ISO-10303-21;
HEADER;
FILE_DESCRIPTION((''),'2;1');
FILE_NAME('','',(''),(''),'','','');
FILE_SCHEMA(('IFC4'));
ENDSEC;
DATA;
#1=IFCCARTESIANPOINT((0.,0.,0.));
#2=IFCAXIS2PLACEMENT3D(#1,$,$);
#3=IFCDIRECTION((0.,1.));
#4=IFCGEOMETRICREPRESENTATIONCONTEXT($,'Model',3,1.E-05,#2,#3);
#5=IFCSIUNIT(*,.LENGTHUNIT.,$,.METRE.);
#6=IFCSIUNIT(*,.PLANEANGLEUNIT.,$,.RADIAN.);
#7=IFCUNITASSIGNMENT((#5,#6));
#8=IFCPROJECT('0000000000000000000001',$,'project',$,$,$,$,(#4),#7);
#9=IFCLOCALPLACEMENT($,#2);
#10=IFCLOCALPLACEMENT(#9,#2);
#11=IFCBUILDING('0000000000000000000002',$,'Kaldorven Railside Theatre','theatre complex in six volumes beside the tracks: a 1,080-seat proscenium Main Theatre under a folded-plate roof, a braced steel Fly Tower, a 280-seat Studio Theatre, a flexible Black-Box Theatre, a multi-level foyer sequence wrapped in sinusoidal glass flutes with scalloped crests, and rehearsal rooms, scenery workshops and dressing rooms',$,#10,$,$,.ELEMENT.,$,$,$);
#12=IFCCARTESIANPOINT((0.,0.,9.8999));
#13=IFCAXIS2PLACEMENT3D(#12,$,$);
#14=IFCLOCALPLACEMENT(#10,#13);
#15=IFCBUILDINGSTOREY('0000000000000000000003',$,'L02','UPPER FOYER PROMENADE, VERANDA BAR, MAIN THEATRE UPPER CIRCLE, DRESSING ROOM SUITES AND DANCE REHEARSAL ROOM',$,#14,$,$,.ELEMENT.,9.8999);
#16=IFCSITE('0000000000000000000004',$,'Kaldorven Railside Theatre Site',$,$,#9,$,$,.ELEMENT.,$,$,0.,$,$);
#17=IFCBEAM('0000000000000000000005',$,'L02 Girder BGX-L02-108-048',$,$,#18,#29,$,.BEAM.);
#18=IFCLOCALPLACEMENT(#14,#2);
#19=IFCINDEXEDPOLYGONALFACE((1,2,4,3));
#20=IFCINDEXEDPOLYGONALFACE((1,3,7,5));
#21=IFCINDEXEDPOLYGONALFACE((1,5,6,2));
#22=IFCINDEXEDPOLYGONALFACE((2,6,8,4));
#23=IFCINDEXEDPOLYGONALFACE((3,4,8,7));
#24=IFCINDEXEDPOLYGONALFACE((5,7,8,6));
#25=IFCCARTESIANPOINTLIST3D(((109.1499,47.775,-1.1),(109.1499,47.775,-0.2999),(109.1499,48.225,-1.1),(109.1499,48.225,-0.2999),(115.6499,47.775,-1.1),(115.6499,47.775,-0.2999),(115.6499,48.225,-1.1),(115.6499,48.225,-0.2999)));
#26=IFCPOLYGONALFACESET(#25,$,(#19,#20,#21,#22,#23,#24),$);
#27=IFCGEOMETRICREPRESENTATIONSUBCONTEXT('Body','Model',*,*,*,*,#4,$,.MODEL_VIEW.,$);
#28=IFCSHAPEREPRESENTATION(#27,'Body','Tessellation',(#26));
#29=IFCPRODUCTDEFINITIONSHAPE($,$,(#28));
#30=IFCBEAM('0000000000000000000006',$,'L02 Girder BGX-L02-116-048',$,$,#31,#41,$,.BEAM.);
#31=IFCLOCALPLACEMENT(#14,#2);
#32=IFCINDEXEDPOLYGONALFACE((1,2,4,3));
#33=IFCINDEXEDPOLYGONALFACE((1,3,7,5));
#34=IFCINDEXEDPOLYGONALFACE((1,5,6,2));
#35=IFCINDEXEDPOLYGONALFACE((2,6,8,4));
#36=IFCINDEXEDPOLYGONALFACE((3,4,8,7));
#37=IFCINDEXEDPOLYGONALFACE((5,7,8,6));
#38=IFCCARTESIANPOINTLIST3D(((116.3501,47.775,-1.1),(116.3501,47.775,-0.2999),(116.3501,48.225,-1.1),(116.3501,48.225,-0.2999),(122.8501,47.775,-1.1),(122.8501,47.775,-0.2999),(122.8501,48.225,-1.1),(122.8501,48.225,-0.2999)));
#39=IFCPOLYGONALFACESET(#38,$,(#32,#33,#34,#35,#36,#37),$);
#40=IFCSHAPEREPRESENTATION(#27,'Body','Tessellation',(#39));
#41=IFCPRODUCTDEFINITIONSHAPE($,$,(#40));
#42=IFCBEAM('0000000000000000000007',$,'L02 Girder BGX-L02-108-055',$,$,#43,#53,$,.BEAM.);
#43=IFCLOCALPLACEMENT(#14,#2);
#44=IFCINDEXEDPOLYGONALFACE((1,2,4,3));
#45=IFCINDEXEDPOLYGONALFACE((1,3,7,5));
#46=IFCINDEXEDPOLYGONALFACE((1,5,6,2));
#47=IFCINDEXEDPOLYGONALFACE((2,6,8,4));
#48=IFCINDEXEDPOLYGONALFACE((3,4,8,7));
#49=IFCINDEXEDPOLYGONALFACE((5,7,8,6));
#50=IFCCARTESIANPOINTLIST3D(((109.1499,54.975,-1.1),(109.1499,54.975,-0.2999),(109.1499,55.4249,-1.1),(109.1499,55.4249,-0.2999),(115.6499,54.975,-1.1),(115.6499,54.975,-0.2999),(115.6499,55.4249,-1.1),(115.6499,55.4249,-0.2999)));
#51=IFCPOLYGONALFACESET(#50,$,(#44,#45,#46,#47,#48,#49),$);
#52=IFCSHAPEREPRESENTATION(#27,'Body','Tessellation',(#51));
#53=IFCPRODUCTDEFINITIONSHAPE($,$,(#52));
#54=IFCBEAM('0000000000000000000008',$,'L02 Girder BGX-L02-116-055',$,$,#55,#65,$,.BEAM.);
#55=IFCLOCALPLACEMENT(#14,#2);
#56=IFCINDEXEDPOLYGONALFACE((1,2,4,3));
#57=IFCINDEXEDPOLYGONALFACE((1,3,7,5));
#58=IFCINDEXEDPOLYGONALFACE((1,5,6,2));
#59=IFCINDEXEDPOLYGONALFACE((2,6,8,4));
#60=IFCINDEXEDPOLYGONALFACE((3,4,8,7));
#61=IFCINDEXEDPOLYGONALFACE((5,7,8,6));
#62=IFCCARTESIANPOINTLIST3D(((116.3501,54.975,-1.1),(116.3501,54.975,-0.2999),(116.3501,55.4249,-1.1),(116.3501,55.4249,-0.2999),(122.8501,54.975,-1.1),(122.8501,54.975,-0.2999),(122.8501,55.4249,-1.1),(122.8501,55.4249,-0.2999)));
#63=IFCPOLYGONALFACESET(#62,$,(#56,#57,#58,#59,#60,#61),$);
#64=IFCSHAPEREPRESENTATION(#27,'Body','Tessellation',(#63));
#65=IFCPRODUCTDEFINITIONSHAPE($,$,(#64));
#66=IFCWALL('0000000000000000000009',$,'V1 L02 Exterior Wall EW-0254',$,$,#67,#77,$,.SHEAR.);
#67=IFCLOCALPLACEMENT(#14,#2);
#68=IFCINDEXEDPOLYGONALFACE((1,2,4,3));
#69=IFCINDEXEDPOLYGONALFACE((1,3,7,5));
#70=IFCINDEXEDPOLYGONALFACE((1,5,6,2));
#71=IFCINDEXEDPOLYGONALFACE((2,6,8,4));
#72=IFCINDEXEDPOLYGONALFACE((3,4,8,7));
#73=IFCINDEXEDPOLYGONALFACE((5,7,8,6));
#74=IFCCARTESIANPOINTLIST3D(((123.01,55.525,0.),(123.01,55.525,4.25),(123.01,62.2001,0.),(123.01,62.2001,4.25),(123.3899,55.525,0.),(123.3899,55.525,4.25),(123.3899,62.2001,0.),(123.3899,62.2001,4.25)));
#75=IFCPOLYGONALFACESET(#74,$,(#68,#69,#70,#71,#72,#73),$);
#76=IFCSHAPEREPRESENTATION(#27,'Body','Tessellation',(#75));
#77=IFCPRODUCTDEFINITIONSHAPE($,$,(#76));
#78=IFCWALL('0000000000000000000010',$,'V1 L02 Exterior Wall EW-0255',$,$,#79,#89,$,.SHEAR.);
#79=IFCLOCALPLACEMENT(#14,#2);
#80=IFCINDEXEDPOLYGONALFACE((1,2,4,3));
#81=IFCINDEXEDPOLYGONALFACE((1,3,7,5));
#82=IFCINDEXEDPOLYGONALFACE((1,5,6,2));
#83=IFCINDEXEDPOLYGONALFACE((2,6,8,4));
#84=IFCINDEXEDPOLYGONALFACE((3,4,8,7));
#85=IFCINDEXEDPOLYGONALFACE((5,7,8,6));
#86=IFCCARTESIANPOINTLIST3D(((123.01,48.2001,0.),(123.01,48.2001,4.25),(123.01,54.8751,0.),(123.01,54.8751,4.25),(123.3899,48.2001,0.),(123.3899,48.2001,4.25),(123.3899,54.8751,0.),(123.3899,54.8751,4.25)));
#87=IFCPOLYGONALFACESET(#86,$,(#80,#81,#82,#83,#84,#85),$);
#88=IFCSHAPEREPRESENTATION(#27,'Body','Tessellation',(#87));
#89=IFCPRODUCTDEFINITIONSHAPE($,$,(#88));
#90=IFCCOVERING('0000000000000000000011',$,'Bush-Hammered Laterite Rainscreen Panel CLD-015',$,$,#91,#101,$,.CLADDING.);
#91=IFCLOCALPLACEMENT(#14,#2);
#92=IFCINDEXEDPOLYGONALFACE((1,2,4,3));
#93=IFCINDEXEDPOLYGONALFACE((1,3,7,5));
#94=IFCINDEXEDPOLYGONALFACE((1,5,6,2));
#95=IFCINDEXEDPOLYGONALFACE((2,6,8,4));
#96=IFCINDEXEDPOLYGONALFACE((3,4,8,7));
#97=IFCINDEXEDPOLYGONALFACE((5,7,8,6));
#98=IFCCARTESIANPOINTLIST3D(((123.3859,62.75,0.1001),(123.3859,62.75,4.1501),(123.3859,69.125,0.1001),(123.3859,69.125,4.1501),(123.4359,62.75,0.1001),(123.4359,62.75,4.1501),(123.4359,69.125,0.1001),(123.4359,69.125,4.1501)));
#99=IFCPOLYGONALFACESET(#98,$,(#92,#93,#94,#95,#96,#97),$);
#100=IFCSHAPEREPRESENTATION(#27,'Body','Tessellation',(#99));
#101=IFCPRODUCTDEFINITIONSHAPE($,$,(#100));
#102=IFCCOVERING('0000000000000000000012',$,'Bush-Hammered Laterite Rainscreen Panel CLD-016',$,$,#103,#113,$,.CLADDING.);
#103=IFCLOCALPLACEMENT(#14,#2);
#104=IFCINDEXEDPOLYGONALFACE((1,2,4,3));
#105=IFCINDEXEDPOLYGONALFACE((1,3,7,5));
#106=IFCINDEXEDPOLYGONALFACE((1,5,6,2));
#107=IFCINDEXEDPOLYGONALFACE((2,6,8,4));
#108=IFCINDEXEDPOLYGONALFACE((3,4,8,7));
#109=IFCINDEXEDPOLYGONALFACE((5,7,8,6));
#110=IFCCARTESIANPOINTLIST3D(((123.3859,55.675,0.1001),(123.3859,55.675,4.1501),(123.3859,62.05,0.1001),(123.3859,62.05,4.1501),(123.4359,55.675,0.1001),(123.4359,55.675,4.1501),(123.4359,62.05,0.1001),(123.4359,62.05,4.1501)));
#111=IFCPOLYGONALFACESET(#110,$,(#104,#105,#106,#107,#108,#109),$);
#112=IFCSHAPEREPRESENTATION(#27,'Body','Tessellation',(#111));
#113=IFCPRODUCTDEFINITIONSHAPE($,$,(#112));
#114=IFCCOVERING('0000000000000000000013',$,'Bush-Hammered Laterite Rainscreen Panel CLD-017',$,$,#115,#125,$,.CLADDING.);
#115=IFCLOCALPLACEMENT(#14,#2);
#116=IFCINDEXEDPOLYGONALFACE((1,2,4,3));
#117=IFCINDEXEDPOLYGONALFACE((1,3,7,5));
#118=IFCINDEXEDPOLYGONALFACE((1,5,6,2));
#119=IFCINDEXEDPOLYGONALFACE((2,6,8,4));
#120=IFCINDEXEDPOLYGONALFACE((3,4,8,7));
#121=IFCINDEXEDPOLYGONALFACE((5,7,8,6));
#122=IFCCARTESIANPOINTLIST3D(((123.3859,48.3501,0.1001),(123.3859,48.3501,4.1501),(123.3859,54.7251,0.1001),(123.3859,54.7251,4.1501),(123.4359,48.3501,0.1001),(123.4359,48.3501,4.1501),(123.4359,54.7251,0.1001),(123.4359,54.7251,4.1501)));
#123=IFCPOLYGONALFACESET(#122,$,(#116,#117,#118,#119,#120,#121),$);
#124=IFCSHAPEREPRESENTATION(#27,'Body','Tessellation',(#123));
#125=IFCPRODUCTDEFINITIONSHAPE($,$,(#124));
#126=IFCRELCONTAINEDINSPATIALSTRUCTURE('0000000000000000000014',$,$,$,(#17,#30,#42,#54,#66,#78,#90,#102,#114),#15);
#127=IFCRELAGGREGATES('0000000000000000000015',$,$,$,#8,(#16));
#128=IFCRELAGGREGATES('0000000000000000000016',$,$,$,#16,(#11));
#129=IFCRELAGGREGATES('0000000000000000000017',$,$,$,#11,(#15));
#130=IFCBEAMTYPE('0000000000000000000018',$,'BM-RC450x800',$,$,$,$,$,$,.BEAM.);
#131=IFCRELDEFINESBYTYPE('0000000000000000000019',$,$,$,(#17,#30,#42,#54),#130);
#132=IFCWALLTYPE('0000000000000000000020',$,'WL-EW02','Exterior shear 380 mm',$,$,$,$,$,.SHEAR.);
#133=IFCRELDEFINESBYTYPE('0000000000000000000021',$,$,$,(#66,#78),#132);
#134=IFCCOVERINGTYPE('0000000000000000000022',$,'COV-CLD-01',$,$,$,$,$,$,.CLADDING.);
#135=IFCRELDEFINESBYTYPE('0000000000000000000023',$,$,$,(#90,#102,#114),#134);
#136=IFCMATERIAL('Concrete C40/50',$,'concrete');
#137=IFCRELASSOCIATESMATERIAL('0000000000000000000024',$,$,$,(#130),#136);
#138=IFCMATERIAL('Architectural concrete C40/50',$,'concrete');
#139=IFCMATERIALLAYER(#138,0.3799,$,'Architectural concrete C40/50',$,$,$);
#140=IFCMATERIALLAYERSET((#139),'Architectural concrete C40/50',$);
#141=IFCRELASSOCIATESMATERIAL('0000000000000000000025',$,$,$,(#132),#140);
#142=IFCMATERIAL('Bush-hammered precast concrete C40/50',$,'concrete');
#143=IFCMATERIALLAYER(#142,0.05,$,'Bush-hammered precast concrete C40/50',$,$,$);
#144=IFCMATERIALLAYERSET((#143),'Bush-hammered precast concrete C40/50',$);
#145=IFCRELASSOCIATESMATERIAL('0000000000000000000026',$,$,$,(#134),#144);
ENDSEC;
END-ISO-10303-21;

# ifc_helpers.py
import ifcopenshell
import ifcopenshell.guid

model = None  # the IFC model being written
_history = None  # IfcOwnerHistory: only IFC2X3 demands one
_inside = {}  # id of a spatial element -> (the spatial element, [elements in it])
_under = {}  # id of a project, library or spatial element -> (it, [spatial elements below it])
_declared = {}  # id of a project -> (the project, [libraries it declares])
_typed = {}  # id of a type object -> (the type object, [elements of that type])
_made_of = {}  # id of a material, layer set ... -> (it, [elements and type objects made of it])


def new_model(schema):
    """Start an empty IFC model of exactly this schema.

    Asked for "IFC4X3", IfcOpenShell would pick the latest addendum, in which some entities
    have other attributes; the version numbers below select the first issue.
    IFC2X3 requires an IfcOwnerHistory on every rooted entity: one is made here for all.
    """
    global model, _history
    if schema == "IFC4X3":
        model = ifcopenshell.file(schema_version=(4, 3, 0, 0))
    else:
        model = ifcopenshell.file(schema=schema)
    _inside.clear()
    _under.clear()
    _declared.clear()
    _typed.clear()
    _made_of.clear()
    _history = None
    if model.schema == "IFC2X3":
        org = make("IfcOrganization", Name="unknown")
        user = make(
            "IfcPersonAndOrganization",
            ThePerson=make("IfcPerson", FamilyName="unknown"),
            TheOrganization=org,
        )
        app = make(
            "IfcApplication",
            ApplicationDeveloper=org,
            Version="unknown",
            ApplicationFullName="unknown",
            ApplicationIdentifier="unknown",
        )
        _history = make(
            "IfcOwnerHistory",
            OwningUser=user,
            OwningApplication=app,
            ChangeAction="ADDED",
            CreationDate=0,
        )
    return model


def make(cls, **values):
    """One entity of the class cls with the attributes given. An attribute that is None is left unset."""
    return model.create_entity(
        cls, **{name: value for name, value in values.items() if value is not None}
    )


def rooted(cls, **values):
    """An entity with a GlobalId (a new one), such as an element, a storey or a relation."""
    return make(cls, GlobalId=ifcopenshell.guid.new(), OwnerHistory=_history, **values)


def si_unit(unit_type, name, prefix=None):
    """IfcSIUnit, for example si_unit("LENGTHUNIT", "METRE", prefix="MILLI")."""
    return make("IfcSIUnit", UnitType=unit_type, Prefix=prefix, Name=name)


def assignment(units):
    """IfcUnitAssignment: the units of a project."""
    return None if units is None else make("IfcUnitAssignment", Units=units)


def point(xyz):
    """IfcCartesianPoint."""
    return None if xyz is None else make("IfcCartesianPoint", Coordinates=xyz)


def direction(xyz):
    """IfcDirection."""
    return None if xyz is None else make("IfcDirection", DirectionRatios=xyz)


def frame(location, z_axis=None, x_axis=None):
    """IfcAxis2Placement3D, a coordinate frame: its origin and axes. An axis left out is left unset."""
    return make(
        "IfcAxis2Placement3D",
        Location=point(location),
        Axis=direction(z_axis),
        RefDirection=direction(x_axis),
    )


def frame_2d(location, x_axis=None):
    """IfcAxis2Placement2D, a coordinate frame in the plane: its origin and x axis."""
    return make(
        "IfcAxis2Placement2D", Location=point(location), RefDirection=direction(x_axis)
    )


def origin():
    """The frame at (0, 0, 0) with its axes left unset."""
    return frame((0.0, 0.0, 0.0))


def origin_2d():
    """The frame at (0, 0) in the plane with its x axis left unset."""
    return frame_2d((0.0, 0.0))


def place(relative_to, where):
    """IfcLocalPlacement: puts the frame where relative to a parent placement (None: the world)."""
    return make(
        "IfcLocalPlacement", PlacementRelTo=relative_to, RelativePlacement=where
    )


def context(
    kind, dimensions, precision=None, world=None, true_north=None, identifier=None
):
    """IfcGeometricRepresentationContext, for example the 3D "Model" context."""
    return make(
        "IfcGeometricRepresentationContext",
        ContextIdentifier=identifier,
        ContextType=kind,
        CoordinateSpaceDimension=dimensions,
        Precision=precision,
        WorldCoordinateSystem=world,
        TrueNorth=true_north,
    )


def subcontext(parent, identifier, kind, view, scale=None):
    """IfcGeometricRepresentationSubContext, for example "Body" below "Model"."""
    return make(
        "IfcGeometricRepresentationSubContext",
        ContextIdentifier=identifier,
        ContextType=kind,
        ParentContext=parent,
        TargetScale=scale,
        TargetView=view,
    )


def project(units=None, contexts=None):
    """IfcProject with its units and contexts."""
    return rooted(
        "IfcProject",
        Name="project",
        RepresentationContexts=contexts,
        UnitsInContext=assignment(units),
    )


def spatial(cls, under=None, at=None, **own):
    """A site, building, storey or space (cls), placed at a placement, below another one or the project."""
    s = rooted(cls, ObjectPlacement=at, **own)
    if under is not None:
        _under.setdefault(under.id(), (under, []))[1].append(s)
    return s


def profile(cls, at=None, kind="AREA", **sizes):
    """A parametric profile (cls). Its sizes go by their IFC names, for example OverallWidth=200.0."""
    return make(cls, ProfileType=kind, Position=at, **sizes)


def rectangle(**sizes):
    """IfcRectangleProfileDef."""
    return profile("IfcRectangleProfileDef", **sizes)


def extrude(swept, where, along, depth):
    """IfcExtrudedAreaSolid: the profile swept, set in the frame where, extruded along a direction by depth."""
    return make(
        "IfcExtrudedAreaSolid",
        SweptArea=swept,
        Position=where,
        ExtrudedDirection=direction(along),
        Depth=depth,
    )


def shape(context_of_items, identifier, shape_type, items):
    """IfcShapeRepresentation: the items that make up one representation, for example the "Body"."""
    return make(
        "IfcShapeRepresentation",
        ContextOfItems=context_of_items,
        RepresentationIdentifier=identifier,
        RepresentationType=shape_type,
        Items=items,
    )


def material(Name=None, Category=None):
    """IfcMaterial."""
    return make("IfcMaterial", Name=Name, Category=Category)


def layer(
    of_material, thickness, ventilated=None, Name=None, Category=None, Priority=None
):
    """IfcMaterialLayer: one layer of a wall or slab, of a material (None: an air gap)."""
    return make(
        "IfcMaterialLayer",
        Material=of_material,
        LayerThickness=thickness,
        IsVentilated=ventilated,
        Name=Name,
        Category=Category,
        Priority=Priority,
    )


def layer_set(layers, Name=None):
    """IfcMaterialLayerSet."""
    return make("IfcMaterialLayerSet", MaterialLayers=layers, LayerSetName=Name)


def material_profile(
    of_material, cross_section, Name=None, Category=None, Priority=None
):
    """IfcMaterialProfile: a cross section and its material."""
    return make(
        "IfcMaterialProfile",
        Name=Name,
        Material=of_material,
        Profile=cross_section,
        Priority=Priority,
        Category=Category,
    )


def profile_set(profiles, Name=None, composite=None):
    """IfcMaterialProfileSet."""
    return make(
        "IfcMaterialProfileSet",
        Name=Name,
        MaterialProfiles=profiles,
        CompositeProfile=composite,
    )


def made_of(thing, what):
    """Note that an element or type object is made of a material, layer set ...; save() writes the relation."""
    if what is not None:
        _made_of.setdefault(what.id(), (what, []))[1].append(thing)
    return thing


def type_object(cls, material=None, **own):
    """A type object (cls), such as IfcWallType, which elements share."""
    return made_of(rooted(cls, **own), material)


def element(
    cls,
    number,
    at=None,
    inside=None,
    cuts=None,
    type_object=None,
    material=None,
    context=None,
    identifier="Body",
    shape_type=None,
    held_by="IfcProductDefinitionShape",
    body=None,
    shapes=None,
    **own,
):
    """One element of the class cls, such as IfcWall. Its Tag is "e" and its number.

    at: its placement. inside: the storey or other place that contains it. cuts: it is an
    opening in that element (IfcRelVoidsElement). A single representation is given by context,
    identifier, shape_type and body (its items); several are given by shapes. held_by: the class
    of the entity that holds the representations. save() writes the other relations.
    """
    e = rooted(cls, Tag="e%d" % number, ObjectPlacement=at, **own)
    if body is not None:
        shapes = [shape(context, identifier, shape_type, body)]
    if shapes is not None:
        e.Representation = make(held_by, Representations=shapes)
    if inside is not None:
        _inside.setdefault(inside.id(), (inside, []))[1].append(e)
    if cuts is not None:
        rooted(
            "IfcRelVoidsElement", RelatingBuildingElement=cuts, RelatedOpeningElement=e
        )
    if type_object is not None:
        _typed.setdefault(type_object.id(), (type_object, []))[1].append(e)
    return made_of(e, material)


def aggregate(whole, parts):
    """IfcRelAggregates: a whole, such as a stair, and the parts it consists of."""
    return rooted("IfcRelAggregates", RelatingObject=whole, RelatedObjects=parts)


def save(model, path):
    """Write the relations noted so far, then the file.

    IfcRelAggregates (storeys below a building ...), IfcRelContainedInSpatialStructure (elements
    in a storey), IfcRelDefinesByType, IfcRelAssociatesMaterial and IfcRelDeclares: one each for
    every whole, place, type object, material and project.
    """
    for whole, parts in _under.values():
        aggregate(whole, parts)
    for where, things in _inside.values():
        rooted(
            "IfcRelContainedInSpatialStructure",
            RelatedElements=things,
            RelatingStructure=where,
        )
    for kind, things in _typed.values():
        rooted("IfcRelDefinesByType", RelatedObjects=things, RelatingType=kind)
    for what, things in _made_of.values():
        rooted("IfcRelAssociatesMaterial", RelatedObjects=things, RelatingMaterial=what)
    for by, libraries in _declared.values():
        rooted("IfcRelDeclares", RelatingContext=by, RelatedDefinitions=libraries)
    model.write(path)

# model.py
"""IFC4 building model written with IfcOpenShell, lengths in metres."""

from ifc_helpers import new_model, si_unit, direction, frame, frame_2d, origin, origin_2d, place, context, subcontext, project, spatial, rectangle, extrude, material, layer, layer_set, material_profile, profile_set, type_object, element, save


model = new_model("IFC4")

# Units and contexts
model_context = context("Model", 3, precision=1e-05, world=origin(), true_north=direction((0.0, 1.0)))
body_context = subcontext(model_context, "Body", "Model", "MODEL_VIEW")
ifc_project = project(units=[si_unit("LENGTHUNIT", "METRE"), si_unit("PLANEANGLEUNIT", "RADIAN")], contexts=[model_context])

# Site, building, storey
site_placement = place(None, origin())
site = spatial("IfcSite", under=ifc_project, at=site_placement, Name="Kaldorven Railside Theatre Site", CompositionType="ELEMENT", RefElevation=0.0)
building_placement = place(site_placement, origin())
building = spatial("IfcBuilding", under=site, at=building_placement, Name="Kaldorven Railside Theatre", Description="theatre complex in six volumes beside the tracks: a 1,080-seat proscenium Main Theatre under a folded-plate roof, a braced steel Fly Tower, a 280-seat Studio Theatre, a flexible Black-Box Theatre, a multi-level foyer sequence wrapped in sinusoidal glass flutes with scalloped crests, and rehearsal rooms, scenery workshops and dressing rooms", CompositionType="ELEMENT")
storey_placement = place(building_placement, frame((0.0, 0.0, 9.8999)))
storey = spatial("IfcBuildingStorey", under=building, at=storey_placement, Name="L02", Description="UPPER FOYER PROMENADE, VERANDA BAR, MAIN THEATRE UPPER CIRCLE, DRESSING ROOM SUITES AND DANCE REHEARSAL ROOM", CompositionType="ELEMENT", Elevation=9.8999)

# Shared definitions
ifc_material_1 = material(Name="Architectural concrete C40/50", Category="concrete")

# Beams
ifc_material_2 = material(Name="Concrete C40/50", Category="concrete")
ifc_material_profile_1 = material_profile(ifc_material_2, rectangle(XDim=0.45, YDim=0.8, at=origin_2d()), Name="RC 450x800")
ifc_profile_set_1 = profile_set([ifc_material_profile_1], Name="Concrete C40/50")
beam_type_1 = type_object("IfcBeamType", Name="BM-RC450x800", PredefinedType="BEAM", material=ifc_profile_set_1)
for number, where, z_axis, x_axis, name in (
    (1, (109.1499, 48.0, -0.7), (1.0, 0.0, 0.0), (0.0, 1.0, 0.0), "L02 Girder BGX-L02-108-048"),
    (2, (116.3501, 48.0, -0.7), (1.0, 0.0, 0.0), (0.0, 1.0, 0.0), "L02 Girder BGX-L02-116-048"),
    (3, (109.1499, 55.2, -0.7), (1.0, 0.0, 0.0), (0.0, 1.0, 0.0), "L02 Girder BGX-L02-108-055"),
    (4, (116.3501, 55.2, -0.7), (1.0, 0.0, 0.0), (0.0, 1.0, 0.0), "L02 Girder BGX-L02-116-055"),
):
    element("IfcBeam", number, at=place(storey_placement, frame(where, z_axis=z_axis, x_axis=x_axis)), inside=storey, type_object=beam_type_1, Name=name, PredefinedType="BEAM", context=body_context, shape_type="SweptSolid", body=[
        extrude(rectangle(XDim=0.45, YDim=0.8, at=origin_2d()), origin(), (0.0, 0.0, 1.0), 6.5),
    ])

# Walls
ifc_layer_1 = layer(ifc_material_1, 0.3799, Name="Architectural concrete C40/50")
ifc_layer_set_1 = layer_set([ifc_layer_1], Name="Architectural concrete C40/50")
wall_type = type_object("IfcWallType", Name="WL-EW02", Description="Exterior shear 380 mm", PredefinedType="SHEAR", material=ifc_layer_set_1)
for number, where, z_axis, x_axis, name in (
    (5, (123.2, 62.2, 0.0), (0.0, 0.0, 1.0), (0.0, -1.0, 0.0), "V1 L02 Exterior Wall EW-0254"),
    (6, (123.2, 54.875, 0.0), (0.0, 0.0, 1.0), (0.0, -1.0, 0.0), "V1 L02 Exterior Wall EW-0255"),
):
    element("IfcWall", number, at=place(storey_placement, frame(where, z_axis=z_axis, x_axis=x_axis)), inside=storey, type_object=wall_type, Name=name, PredefinedType="SHEAR", context=body_context, shape_type="SweptSolid", body=[
        extrude(rectangle(XDim=6.675, YDim=0.3799, at=frame_2d((3.3374, 0.0))), origin(), (0.0, 0.0, 1.0), 4.25),
    ])

# Coverings
ifc_material_3 = material(Name="Bush-hammered precast concrete C40/50", Category="concrete")
ifc_layer_2 = layer(ifc_material_3, 0.05, Name="Bush-hammered precast concrete C40/50")
ifc_layer_set_2 = layer_set([ifc_layer_2], Name="Bush-hammered precast concrete C40/50")
covering_type = type_object("IfcCoveringType", Name="COV-CLD-01", PredefinedType="CLADDING", material=ifc_layer_set_2)
for number, where, z_axis, x_axis, name in (
    (7, (123.4109, 65.9375, 0.1001), (0.0, 0.0, 1.0), (0.0, -1.0, 0.0), "Bush-Hammered Laterite Rainscreen Panel CLD-015"),
    (8, (123.4109, 58.8625, 0.1001), (0.0, 0.0, 1.0), (0.0, -1.0, 0.0), "Bush-Hammered Laterite Rainscreen Panel CLD-016"),
    (9, (123.4109, 51.5376, 0.1001), (0.0, 0.0, 1.0), (0.0, -1.0, 0.0), "Bush-Hammered Laterite Rainscreen Panel CLD-017"),
):
    element("IfcCovering", number, at=place(storey_placement, frame(where, z_axis=z_axis, x_axis=x_axis)), inside=storey, type_object=covering_type, Name=name, PredefinedType="CLADDING", context=body_context, shape_type="SweptSolid", body=[
        extrude(rectangle(XDim=6.375, YDim=0.05, at=origin_2d()), origin(), (0.0, 0.0, 1.0), 4.05),
    ])

save(model, "model.ifc")
